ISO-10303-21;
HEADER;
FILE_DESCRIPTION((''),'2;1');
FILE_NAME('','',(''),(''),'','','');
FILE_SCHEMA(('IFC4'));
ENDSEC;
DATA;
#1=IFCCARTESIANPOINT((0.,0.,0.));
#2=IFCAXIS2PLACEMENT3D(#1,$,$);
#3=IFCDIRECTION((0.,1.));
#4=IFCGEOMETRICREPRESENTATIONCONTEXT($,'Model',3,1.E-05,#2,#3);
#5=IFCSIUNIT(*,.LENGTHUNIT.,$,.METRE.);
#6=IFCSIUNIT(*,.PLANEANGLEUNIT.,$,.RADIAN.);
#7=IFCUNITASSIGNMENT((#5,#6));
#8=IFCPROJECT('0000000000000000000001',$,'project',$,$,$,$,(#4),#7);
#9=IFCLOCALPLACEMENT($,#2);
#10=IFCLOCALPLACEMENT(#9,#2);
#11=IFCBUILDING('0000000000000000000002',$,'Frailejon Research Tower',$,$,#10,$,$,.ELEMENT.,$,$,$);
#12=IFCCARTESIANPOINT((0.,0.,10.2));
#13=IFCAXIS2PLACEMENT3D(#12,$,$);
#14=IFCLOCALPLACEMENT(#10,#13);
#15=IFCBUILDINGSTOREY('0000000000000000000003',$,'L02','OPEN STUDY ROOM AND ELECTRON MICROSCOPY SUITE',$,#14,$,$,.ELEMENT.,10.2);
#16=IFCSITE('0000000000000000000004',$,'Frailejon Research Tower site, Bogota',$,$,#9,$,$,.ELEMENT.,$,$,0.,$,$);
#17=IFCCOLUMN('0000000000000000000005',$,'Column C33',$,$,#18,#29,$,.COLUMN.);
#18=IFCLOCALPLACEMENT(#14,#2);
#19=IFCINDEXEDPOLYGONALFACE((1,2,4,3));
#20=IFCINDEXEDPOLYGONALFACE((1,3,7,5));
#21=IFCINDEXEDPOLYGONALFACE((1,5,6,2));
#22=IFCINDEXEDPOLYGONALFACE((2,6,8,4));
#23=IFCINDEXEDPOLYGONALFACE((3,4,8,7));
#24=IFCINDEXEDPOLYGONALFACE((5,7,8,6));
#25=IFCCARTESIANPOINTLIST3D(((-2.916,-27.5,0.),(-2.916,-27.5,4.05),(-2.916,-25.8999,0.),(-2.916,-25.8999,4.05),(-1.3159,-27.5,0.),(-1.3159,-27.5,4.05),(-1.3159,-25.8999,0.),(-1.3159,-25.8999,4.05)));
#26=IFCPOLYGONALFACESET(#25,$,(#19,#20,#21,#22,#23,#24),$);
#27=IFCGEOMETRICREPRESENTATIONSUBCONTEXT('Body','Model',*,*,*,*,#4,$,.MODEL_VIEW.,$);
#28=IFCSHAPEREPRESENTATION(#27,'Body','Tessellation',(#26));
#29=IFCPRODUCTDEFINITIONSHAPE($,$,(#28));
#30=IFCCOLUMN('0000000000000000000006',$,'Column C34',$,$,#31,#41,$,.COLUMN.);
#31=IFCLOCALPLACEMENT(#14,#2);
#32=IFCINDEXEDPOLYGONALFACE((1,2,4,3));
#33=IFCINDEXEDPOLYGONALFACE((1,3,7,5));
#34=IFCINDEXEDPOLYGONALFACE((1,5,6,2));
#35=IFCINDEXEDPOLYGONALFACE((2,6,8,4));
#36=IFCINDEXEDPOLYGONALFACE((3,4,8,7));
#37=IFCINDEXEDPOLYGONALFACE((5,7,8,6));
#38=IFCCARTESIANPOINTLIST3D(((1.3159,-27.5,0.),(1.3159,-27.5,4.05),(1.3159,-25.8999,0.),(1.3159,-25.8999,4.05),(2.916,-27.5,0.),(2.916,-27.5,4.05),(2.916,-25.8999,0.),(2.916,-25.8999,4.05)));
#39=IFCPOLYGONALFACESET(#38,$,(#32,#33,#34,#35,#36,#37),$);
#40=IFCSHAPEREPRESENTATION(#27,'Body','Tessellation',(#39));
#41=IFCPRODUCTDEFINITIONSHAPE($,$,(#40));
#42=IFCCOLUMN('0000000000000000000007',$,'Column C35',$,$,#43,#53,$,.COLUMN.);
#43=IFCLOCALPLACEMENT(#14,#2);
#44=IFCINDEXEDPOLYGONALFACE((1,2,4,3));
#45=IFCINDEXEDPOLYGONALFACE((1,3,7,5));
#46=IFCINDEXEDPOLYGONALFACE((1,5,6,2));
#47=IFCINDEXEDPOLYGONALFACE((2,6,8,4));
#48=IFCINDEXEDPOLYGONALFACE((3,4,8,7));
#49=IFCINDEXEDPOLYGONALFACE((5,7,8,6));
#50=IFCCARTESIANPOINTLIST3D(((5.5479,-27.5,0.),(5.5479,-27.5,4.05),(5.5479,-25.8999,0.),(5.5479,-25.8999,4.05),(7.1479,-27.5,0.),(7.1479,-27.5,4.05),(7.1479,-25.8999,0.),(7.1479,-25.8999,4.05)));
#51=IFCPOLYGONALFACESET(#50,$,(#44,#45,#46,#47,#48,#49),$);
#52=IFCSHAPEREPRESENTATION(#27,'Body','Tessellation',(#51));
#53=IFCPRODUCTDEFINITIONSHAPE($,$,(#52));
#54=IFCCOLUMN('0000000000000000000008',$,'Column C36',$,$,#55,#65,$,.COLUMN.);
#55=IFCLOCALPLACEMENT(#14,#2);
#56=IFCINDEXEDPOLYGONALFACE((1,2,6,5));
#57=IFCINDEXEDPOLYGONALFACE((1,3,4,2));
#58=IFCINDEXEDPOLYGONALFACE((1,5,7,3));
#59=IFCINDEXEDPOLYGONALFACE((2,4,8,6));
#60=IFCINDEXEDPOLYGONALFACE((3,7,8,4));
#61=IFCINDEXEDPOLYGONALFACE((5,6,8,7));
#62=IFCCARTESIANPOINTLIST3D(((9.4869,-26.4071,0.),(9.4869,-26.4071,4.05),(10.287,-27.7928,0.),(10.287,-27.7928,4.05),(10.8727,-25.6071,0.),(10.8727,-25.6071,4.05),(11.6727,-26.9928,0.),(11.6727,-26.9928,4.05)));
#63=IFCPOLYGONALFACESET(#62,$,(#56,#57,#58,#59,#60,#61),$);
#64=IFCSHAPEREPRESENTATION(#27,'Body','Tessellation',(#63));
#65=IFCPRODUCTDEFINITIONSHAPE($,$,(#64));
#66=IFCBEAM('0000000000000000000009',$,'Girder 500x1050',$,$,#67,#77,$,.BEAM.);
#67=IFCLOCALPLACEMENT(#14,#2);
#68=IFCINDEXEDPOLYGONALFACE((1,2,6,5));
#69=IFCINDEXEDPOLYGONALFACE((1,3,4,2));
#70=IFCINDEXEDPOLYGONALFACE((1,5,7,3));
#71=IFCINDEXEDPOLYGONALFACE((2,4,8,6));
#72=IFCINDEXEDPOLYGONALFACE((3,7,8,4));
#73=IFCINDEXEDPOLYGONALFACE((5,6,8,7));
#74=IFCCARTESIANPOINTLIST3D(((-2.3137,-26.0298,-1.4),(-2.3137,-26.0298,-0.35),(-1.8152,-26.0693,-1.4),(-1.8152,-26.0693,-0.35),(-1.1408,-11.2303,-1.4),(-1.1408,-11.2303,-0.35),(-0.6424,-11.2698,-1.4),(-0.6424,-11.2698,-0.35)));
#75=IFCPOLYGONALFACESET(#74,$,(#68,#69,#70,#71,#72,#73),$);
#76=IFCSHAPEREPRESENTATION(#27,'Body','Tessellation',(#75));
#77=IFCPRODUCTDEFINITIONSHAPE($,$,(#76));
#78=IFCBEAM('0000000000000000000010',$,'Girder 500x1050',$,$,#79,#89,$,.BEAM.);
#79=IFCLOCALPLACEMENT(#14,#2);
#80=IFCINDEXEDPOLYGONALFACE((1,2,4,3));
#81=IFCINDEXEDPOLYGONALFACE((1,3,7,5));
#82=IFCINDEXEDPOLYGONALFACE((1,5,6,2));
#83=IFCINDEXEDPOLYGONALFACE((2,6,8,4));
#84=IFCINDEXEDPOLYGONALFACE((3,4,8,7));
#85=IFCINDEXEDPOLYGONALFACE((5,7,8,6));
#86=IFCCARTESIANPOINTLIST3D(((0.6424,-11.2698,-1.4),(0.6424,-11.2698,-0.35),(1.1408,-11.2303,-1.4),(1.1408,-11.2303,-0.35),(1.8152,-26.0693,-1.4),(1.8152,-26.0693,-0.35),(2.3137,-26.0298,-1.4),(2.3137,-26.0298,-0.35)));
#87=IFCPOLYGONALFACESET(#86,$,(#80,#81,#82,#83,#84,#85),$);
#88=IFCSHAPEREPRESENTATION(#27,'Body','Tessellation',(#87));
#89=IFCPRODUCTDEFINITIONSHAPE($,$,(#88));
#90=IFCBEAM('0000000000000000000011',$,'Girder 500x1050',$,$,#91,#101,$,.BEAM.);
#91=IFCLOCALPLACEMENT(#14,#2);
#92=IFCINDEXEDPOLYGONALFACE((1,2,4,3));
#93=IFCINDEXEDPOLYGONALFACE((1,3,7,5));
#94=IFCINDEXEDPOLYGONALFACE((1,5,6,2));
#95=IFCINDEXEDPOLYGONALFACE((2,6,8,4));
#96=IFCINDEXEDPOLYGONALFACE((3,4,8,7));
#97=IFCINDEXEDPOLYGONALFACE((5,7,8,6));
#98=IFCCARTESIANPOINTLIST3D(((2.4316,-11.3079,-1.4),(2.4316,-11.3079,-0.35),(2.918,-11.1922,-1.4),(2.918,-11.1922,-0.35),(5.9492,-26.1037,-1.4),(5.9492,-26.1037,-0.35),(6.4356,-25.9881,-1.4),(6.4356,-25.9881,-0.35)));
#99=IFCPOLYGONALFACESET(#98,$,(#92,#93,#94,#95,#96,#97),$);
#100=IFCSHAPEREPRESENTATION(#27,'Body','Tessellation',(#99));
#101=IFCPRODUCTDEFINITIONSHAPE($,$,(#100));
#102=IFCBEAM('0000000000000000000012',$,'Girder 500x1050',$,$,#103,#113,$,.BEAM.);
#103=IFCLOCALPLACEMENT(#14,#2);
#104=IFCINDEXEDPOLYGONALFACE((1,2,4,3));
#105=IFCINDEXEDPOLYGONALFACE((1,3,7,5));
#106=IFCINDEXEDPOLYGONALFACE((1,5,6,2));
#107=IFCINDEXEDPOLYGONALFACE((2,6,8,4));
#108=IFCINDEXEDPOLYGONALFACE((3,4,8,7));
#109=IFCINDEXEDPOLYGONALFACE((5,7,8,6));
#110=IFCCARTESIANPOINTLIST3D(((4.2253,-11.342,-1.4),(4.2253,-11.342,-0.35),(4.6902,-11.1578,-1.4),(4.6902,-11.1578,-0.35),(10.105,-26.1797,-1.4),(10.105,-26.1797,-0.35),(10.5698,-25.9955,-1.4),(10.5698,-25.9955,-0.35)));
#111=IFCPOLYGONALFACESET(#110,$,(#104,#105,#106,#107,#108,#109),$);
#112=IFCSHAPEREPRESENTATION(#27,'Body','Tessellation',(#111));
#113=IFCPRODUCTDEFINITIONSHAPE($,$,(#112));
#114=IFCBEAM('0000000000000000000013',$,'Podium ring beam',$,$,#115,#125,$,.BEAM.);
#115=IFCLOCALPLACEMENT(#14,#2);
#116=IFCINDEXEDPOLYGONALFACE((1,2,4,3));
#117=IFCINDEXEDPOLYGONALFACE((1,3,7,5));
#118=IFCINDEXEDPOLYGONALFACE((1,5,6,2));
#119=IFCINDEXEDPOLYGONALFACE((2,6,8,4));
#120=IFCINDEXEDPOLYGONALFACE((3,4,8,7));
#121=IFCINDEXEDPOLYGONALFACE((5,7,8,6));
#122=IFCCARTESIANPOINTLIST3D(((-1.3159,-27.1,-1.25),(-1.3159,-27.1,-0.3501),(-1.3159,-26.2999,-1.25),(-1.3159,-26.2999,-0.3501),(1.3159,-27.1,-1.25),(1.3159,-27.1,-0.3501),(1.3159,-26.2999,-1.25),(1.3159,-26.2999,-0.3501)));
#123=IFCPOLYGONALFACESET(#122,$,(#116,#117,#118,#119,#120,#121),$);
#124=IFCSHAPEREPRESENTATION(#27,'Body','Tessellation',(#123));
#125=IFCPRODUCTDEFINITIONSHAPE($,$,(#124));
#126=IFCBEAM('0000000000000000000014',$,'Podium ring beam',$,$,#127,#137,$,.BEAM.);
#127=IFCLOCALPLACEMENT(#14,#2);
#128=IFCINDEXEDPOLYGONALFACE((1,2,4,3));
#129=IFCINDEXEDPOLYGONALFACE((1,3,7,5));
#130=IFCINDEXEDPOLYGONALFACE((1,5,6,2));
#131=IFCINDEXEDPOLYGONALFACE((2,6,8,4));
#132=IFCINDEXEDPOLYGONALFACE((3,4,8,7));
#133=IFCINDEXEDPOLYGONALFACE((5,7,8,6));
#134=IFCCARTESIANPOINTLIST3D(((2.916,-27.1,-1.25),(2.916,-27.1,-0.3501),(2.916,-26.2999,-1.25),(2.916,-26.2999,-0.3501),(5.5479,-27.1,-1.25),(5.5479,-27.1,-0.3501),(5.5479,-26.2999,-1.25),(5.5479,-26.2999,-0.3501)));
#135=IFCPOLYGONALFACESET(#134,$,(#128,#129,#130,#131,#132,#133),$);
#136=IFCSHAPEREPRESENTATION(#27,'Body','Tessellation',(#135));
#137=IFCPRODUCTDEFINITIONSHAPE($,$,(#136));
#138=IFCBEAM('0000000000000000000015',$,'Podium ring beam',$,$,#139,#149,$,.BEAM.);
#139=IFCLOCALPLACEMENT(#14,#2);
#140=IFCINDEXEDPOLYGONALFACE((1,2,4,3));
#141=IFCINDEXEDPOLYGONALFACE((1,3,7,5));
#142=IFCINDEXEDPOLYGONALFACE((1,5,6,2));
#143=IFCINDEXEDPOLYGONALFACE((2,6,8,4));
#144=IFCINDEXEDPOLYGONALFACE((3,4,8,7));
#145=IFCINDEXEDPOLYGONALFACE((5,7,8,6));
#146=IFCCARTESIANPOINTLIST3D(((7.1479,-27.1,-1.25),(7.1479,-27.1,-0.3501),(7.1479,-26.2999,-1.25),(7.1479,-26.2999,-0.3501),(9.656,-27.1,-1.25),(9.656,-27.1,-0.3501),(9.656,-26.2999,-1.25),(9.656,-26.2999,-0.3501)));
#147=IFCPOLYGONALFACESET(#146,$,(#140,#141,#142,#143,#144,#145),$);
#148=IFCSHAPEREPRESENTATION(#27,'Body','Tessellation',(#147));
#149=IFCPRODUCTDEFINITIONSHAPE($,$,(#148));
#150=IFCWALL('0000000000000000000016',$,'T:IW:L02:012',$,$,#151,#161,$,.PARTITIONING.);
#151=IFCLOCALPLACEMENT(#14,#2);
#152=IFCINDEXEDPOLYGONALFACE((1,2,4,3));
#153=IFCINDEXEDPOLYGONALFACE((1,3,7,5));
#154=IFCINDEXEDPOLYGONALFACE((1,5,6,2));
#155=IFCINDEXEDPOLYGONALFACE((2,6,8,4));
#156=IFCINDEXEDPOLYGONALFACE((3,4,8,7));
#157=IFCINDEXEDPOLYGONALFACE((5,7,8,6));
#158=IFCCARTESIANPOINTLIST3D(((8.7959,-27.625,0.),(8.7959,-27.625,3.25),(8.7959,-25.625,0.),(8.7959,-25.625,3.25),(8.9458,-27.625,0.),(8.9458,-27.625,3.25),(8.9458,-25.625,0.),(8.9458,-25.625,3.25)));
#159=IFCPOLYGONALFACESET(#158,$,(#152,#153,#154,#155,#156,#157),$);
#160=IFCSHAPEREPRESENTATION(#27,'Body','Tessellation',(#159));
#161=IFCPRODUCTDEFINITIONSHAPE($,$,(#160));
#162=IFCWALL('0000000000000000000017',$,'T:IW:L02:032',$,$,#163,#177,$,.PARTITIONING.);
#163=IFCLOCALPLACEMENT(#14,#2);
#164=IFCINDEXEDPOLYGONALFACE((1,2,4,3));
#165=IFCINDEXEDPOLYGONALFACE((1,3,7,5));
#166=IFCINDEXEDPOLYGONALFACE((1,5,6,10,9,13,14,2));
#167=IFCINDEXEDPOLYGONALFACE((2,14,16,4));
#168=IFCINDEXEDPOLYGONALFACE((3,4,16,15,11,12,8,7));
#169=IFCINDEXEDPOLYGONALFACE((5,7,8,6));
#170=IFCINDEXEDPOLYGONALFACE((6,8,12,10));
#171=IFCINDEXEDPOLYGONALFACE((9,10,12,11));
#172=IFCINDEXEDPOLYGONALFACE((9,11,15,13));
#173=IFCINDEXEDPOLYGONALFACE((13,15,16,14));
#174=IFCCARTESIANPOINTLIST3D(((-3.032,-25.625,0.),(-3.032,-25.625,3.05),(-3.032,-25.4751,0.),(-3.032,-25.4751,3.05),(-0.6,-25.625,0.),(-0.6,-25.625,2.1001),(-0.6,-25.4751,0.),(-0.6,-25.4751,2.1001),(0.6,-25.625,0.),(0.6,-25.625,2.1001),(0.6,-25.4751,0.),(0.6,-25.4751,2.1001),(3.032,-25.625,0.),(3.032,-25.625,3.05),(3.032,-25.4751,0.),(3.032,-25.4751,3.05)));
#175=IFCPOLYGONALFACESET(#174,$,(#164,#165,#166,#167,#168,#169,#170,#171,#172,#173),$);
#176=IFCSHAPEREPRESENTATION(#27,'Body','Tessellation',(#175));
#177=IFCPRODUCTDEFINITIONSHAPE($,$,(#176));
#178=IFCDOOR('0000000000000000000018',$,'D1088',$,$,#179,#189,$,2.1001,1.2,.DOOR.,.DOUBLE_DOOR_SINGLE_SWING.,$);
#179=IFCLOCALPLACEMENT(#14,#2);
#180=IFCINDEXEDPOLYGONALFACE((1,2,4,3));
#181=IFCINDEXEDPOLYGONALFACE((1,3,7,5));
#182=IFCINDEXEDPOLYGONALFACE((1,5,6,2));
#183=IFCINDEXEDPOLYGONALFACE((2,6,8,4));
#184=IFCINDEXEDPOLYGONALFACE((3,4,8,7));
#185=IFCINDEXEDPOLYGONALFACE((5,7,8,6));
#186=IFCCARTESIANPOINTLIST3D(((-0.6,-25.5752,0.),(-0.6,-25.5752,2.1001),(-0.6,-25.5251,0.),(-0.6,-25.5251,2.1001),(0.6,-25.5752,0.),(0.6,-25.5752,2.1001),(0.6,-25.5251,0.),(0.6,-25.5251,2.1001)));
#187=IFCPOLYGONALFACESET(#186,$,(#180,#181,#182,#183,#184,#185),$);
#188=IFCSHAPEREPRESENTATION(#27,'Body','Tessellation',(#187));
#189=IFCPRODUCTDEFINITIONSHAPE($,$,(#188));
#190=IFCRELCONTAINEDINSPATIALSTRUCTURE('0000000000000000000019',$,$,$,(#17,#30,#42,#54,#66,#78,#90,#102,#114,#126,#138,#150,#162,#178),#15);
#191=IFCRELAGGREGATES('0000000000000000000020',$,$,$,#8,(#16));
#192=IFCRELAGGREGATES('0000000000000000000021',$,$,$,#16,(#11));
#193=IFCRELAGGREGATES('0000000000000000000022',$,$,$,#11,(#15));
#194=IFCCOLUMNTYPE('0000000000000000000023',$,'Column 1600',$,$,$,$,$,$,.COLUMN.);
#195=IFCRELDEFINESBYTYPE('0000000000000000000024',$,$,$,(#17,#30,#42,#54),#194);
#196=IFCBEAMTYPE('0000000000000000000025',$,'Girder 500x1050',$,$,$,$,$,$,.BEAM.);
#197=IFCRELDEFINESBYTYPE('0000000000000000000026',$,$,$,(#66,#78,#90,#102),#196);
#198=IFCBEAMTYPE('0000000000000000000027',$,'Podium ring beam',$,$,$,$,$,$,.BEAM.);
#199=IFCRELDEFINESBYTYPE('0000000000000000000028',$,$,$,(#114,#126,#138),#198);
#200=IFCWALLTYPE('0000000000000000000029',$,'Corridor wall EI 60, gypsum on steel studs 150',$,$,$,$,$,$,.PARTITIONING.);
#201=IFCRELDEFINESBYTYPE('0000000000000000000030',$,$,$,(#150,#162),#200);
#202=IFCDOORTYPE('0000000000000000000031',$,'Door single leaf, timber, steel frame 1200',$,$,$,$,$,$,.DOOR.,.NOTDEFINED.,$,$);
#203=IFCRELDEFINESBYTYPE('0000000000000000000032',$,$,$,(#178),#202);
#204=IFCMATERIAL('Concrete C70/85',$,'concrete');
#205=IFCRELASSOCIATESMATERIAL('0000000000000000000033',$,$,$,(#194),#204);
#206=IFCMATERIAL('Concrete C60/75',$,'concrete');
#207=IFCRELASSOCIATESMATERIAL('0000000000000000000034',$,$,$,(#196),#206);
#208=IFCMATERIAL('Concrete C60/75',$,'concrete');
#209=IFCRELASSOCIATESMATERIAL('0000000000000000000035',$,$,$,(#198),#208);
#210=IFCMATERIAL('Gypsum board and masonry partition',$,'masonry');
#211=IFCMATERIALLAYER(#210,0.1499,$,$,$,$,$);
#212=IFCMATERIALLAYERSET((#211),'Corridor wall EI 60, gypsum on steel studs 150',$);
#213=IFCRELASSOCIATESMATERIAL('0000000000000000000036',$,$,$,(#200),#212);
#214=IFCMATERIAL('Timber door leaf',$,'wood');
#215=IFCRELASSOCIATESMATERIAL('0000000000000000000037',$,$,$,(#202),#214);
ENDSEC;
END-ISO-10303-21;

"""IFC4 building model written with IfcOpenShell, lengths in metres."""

from ifc_helpers import new_model, si_unit, direction, frame, frame_2d, origin, origin_2d, place, context, subcontext, project, spatial, rectangle, extrude, material, layer, layer_set, material_profile, profile_set, type_object, element, fill, save


model = new_model("IFC4")

# Units and contexts
model_context = context("Model", 3, precision=1e-05, world=origin(), true_north=direction((0.0, 1.0)))
body_context = subcontext(model_context, "Body", "Model", "MODEL_VIEW")
ifc_project = project(units=[si_unit("LENGTHUNIT", "METRE"), si_unit("PLANEANGLEUNIT", "RADIAN")], contexts=[model_context])

# Site, building, storey
site_placement = place(None, origin())
site = spatial("IfcSite", under=ifc_project, at=site_placement, Name="Frailejon Research Tower site, Bogota", CompositionType="ELEMENT", RefElevation=0.0)
building_placement = place(site_placement, origin())
building = spatial("IfcBuilding", under=site, at=building_placement, Name="Frailejon Research Tower", CompositionType="ELEMENT")
storey_placement = place(building_placement, frame((0.0, 0.0, 10.2)))
storey = spatial("IfcBuildingStorey", under=building, at=storey_placement, Name="L02", Description="OPEN STUDY ROOM AND ELECTRON MICROSCOPY SUITE", CompositionType="ELEMENT", Elevation=10.2)

# Columns
ifc_material_1 = material(Name="Concrete C70/85", Category="concrete")
ifc_material_profile_1 = material_profile(ifc_material_1, rectangle(XDim=1.6001, YDim=1.6001, at=origin_2d()), Name="Column 1600")
ifc_profile_set_1 = profile_set([ifc_material_profile_1], Name="Concrete C70/85")
column_type = type_object("IfcColumnType", Name="Column 1600", PredefinedType="COLUMN", material=ifc_profile_set_1)
for number, where, z_axis, x_axis, name in (
    (1, (-2.116, -26.7, 0.0), (0.0, 0.0, 1.0), (1.0, 0.0, 0.0), "Column C33"),
    (2, (2.116, -26.7, 0.0), (0.0, 0.0, 1.0), (1.0, 0.0, 0.0), "Column C34"),
    (3, (6.3479, -26.7, 0.0), (0.0, 0.0, 1.0), (1.0, 0.0, 0.0), "Column C35"),
    (4, (10.5798, -26.7, 0.0), (0.0, 0.0, 1.0), (0.866025, 0.5, 0.0), "Column C36"),
):
    element("IfcColumn", number, at=place(storey_placement, frame(where, z_axis=z_axis, x_axis=x_axis)), inside=storey, type_object=column_type, Name=name, PredefinedType="COLUMN", context=body_context, shape_type="SweptSolid", body=[
        extrude(rectangle(XDim=1.6001, YDim=1.6001, at=origin_2d()), origin(), (0.0, 0.0, 1.0), 4.05),
    ])

# Beams
ifc_material_2 = material(Name="Concrete C60/75", Category="concrete")
ifc_material_profile_2 = material_profile(ifc_material_2, rectangle(XDim=0.5, YDim=1.05, at=origin_2d()), Name="Girder 500x1050")
ifc_profile_set_2 = profile_set([ifc_material_profile_2], Name="Concrete C60/75")
beam_type_1 = type_object("IfcBeamType", Name="Girder 500x1050", PredefinedType="BEAM", material=ifc_profile_set_2)
for number, where, z_axis, x_axis, name in (
    (5, (-2.0645, -26.0496, -0.875), (0.079001, 0.996875, 0.0), (-0.996875, 0.079001, 0.0), "Girder 500x1050"),
    (6, (2.0645, -26.0496, -0.875), (-0.079001, 0.996875, 0.0), (-0.996875, -0.079001, 0.0), "Girder 500x1050"),
):
    element("IfcBeam", number, at=place(storey_placement, frame(where, z_axis=z_axis, x_axis=x_axis)), inside=storey, type_object=beam_type_1, Name=name, PredefinedType="BEAM", context=body_context, shape_type="SweptSolid", body=[
        extrude(rectangle(XDim=0.5, YDim=1.05, at=origin_2d()), origin(), (0.0, 0.0, 1.0), 14.8459),
    ])
beam_1_placement = place(storey_placement, frame((6.1924, -26.0459, -0.875), z_axis=(-0.231294, 0.972884, 0.0), x_axis=(-0.972884, -0.231294, 0.0)))
element("IfcBeam", 7, at=beam_1_placement, inside=storey, type_object=beam_type_1, Name="Girder 500x1050", PredefinedType="BEAM", context=body_context, shape_type="SweptSolid", body=[
    extrude(rectangle(XDim=0.5, YDim=1.05, at=origin_2d()), origin(), (0.0, 0.0, 1.0), 15.2083),
])
beam_2_placement = place(storey_placement, frame((10.3374, -26.0876, -0.875), z_axis=(-0.368395, 0.929669, 0.0), x_axis=(-0.929669, -0.368395, 0.0)))
element("IfcBeam", 8, at=beam_2_placement, inside=storey, type_object=beam_type_1, Name="Girder 500x1050", PredefinedType="BEAM", context=body_context, shape_type="SweptSolid", body=[
    extrude(rectangle(XDim=0.5, YDim=1.05, at=origin_2d()), origin(), (0.0, 0.0, 1.0), 15.9602),
])
ifc_material_3 = material(Name="Concrete C60/75", Category="concrete")
ifc_material_profile_3 = material_profile(ifc_material_3, rectangle(XDim=0.8, YDim=0.8999, at=origin_2d()), Name="Podium ring beam")
ifc_profile_set_3 = profile_set([ifc_material_profile_3], Name="Concrete C60/75")
beam_type_2 = type_object("IfcBeamType", Name="Podium ring beam", PredefinedType="BEAM", material=ifc_profile_set_3)
for number, where, z_axis, x_axis, name in (
    (9, (-1.3159, -26.7, -0.8), (1.0, 0.0, 0.0), (0.0, 1.0, 0.0), "Podium ring beam"),
    (10, (2.916, -26.7, -0.8), (1.0, 0.0, 0.0), (0.0, 1.0, 0.0), "Podium ring beam"),
):
    element("IfcBeam", number, at=place(storey_placement, frame(where, z_axis=z_axis, x_axis=x_axis)), inside=storey, type_object=beam_type_2, Name=name, PredefinedType="BEAM", context=body_context, shape_type="SweptSolid", body=[
        extrude(rectangle(XDim=0.8, YDim=0.8999, at=origin_2d()), origin(), (0.0, 0.0, 1.0), 2.6318),
    ])
beam_3_placement = place(storey_placement, frame((7.1479, -26.7, -0.8), z_axis=(1.0, 0.0, 0.0), x_axis=(0.0, 1.0, 0.0)))
element("IfcBeam", 11, at=beam_3_placement, inside=storey, type_object=beam_type_2, Name="Podium ring beam", PredefinedType="BEAM", context=body_context, shape_type="SweptSolid", body=[
    extrude(rectangle(XDim=0.8, YDim=0.8999, at=origin_2d()), origin(), (0.0, 0.0, 1.0), 2.5081),
])

# Wall
ifc_material_4 = material(Name="Gypsum board and masonry partition", Category="masonry")
ifc_layer_1 = layer(ifc_material_4, 0.1499)
ifc_layer_set_1 = layer_set([ifc_layer_1], Name="Corridor wall EI 60, gypsum on steel studs 150")
wall_type_1 = type_object("IfcWallType", Name="Corridor wall EI 60, gypsum on steel studs 150", PredefinedType="PARTITIONING", material=ifc_layer_set_1)
wall_1_placement = place(storey_placement, frame((8.8708, -27.625, 0.0), z_axis=(0.0, 0.0, 1.0), x_axis=(0.0, 1.0, 0.0)))
element("IfcWall", 12, at=wall_1_placement, inside=storey, type_object=wall_type_1, Name="T:IW:L02:012", PredefinedType="PARTITIONING", context=body_context, shape_type="SweptSolid", body=[
    extrude(rectangle(XDim=2.0, YDim=0.1499, at=frame_2d((1.0, 0.0))), origin(), (0.0, 0.0, 1.0), 3.25),
])

# Wall, opening, door
wall_2_placement = place(storey_placement, frame((-3.032, -25.55, 0.0), z_axis=(0.0, 0.0, 1.0), x_axis=(1.0, 0.0, 0.0)))
wall_2 = element("IfcWall", 13, at=wall_2_placement, inside=storey, type_object=wall_type_1, Name="T:IW:L02:032", PredefinedType="PARTITIONING", context=body_context, shape_type="SweptSolid", body=[
    extrude(rectangle(XDim=6.064, YDim=0.1499, at=frame_2d((3.032, 0.0))), origin(), (0.0, 0.0, 1.0), 3.05),
])
opening_1_placement = place(wall_2_placement, frame((2.4319, 0.0, 0.0)))
opening_1 = element("IfcOpeningElement", 14, at=opening_1_placement, cuts=wall_2, PredefinedType="OPENING", context=body_context, shape_type="SweptSolid", body=[
    extrude(rectangle(XDim=1.2, YDim=2.1001, at=frame_2d((0.6001, 1.05))), frame((0.0, 0.085, 0.0), z_axis=(0.0, -1.0, 0.0), x_axis=(1.0, 0.0, 0.0)), (0.0, 0.0, 1.0), 0.1699),
])
ifc_material_5 = material(Name="Timber door leaf", Category="wood")
door_type_1 = type_object("IfcDoorType", Name="Door single leaf, timber, steel frame 1200", OperationType="NOTDEFINED", PredefinedType="DOOR", material=ifc_material_5)
door_1_placement = place(opening_1_placement, origin())
door_1 = element("IfcDoor", 15, at=door_1_placement, inside=storey, type_object=door_type_1, Name="D1088", OperationType="DOUBLE_DOOR_SINGLE_SWING", OverallHeight=2.1001, OverallWidth=1.2, PredefinedType="DOOR", context=body_context, shape_type="SweptSolid", body=[
    extrude(rectangle(XDim=1.2, YDim=2.1001, at=frame_2d((0.6001, 1.05))), frame((0.0, 0.0249, 0.0), z_axis=(0.0, -1.0, 0.0), x_axis=(1.0, 0.0, 0.0)), (0.0, 0.0, 1.0), 0.05),
])
fill(opening_1, door_1)

save(model, "model.ifc")
